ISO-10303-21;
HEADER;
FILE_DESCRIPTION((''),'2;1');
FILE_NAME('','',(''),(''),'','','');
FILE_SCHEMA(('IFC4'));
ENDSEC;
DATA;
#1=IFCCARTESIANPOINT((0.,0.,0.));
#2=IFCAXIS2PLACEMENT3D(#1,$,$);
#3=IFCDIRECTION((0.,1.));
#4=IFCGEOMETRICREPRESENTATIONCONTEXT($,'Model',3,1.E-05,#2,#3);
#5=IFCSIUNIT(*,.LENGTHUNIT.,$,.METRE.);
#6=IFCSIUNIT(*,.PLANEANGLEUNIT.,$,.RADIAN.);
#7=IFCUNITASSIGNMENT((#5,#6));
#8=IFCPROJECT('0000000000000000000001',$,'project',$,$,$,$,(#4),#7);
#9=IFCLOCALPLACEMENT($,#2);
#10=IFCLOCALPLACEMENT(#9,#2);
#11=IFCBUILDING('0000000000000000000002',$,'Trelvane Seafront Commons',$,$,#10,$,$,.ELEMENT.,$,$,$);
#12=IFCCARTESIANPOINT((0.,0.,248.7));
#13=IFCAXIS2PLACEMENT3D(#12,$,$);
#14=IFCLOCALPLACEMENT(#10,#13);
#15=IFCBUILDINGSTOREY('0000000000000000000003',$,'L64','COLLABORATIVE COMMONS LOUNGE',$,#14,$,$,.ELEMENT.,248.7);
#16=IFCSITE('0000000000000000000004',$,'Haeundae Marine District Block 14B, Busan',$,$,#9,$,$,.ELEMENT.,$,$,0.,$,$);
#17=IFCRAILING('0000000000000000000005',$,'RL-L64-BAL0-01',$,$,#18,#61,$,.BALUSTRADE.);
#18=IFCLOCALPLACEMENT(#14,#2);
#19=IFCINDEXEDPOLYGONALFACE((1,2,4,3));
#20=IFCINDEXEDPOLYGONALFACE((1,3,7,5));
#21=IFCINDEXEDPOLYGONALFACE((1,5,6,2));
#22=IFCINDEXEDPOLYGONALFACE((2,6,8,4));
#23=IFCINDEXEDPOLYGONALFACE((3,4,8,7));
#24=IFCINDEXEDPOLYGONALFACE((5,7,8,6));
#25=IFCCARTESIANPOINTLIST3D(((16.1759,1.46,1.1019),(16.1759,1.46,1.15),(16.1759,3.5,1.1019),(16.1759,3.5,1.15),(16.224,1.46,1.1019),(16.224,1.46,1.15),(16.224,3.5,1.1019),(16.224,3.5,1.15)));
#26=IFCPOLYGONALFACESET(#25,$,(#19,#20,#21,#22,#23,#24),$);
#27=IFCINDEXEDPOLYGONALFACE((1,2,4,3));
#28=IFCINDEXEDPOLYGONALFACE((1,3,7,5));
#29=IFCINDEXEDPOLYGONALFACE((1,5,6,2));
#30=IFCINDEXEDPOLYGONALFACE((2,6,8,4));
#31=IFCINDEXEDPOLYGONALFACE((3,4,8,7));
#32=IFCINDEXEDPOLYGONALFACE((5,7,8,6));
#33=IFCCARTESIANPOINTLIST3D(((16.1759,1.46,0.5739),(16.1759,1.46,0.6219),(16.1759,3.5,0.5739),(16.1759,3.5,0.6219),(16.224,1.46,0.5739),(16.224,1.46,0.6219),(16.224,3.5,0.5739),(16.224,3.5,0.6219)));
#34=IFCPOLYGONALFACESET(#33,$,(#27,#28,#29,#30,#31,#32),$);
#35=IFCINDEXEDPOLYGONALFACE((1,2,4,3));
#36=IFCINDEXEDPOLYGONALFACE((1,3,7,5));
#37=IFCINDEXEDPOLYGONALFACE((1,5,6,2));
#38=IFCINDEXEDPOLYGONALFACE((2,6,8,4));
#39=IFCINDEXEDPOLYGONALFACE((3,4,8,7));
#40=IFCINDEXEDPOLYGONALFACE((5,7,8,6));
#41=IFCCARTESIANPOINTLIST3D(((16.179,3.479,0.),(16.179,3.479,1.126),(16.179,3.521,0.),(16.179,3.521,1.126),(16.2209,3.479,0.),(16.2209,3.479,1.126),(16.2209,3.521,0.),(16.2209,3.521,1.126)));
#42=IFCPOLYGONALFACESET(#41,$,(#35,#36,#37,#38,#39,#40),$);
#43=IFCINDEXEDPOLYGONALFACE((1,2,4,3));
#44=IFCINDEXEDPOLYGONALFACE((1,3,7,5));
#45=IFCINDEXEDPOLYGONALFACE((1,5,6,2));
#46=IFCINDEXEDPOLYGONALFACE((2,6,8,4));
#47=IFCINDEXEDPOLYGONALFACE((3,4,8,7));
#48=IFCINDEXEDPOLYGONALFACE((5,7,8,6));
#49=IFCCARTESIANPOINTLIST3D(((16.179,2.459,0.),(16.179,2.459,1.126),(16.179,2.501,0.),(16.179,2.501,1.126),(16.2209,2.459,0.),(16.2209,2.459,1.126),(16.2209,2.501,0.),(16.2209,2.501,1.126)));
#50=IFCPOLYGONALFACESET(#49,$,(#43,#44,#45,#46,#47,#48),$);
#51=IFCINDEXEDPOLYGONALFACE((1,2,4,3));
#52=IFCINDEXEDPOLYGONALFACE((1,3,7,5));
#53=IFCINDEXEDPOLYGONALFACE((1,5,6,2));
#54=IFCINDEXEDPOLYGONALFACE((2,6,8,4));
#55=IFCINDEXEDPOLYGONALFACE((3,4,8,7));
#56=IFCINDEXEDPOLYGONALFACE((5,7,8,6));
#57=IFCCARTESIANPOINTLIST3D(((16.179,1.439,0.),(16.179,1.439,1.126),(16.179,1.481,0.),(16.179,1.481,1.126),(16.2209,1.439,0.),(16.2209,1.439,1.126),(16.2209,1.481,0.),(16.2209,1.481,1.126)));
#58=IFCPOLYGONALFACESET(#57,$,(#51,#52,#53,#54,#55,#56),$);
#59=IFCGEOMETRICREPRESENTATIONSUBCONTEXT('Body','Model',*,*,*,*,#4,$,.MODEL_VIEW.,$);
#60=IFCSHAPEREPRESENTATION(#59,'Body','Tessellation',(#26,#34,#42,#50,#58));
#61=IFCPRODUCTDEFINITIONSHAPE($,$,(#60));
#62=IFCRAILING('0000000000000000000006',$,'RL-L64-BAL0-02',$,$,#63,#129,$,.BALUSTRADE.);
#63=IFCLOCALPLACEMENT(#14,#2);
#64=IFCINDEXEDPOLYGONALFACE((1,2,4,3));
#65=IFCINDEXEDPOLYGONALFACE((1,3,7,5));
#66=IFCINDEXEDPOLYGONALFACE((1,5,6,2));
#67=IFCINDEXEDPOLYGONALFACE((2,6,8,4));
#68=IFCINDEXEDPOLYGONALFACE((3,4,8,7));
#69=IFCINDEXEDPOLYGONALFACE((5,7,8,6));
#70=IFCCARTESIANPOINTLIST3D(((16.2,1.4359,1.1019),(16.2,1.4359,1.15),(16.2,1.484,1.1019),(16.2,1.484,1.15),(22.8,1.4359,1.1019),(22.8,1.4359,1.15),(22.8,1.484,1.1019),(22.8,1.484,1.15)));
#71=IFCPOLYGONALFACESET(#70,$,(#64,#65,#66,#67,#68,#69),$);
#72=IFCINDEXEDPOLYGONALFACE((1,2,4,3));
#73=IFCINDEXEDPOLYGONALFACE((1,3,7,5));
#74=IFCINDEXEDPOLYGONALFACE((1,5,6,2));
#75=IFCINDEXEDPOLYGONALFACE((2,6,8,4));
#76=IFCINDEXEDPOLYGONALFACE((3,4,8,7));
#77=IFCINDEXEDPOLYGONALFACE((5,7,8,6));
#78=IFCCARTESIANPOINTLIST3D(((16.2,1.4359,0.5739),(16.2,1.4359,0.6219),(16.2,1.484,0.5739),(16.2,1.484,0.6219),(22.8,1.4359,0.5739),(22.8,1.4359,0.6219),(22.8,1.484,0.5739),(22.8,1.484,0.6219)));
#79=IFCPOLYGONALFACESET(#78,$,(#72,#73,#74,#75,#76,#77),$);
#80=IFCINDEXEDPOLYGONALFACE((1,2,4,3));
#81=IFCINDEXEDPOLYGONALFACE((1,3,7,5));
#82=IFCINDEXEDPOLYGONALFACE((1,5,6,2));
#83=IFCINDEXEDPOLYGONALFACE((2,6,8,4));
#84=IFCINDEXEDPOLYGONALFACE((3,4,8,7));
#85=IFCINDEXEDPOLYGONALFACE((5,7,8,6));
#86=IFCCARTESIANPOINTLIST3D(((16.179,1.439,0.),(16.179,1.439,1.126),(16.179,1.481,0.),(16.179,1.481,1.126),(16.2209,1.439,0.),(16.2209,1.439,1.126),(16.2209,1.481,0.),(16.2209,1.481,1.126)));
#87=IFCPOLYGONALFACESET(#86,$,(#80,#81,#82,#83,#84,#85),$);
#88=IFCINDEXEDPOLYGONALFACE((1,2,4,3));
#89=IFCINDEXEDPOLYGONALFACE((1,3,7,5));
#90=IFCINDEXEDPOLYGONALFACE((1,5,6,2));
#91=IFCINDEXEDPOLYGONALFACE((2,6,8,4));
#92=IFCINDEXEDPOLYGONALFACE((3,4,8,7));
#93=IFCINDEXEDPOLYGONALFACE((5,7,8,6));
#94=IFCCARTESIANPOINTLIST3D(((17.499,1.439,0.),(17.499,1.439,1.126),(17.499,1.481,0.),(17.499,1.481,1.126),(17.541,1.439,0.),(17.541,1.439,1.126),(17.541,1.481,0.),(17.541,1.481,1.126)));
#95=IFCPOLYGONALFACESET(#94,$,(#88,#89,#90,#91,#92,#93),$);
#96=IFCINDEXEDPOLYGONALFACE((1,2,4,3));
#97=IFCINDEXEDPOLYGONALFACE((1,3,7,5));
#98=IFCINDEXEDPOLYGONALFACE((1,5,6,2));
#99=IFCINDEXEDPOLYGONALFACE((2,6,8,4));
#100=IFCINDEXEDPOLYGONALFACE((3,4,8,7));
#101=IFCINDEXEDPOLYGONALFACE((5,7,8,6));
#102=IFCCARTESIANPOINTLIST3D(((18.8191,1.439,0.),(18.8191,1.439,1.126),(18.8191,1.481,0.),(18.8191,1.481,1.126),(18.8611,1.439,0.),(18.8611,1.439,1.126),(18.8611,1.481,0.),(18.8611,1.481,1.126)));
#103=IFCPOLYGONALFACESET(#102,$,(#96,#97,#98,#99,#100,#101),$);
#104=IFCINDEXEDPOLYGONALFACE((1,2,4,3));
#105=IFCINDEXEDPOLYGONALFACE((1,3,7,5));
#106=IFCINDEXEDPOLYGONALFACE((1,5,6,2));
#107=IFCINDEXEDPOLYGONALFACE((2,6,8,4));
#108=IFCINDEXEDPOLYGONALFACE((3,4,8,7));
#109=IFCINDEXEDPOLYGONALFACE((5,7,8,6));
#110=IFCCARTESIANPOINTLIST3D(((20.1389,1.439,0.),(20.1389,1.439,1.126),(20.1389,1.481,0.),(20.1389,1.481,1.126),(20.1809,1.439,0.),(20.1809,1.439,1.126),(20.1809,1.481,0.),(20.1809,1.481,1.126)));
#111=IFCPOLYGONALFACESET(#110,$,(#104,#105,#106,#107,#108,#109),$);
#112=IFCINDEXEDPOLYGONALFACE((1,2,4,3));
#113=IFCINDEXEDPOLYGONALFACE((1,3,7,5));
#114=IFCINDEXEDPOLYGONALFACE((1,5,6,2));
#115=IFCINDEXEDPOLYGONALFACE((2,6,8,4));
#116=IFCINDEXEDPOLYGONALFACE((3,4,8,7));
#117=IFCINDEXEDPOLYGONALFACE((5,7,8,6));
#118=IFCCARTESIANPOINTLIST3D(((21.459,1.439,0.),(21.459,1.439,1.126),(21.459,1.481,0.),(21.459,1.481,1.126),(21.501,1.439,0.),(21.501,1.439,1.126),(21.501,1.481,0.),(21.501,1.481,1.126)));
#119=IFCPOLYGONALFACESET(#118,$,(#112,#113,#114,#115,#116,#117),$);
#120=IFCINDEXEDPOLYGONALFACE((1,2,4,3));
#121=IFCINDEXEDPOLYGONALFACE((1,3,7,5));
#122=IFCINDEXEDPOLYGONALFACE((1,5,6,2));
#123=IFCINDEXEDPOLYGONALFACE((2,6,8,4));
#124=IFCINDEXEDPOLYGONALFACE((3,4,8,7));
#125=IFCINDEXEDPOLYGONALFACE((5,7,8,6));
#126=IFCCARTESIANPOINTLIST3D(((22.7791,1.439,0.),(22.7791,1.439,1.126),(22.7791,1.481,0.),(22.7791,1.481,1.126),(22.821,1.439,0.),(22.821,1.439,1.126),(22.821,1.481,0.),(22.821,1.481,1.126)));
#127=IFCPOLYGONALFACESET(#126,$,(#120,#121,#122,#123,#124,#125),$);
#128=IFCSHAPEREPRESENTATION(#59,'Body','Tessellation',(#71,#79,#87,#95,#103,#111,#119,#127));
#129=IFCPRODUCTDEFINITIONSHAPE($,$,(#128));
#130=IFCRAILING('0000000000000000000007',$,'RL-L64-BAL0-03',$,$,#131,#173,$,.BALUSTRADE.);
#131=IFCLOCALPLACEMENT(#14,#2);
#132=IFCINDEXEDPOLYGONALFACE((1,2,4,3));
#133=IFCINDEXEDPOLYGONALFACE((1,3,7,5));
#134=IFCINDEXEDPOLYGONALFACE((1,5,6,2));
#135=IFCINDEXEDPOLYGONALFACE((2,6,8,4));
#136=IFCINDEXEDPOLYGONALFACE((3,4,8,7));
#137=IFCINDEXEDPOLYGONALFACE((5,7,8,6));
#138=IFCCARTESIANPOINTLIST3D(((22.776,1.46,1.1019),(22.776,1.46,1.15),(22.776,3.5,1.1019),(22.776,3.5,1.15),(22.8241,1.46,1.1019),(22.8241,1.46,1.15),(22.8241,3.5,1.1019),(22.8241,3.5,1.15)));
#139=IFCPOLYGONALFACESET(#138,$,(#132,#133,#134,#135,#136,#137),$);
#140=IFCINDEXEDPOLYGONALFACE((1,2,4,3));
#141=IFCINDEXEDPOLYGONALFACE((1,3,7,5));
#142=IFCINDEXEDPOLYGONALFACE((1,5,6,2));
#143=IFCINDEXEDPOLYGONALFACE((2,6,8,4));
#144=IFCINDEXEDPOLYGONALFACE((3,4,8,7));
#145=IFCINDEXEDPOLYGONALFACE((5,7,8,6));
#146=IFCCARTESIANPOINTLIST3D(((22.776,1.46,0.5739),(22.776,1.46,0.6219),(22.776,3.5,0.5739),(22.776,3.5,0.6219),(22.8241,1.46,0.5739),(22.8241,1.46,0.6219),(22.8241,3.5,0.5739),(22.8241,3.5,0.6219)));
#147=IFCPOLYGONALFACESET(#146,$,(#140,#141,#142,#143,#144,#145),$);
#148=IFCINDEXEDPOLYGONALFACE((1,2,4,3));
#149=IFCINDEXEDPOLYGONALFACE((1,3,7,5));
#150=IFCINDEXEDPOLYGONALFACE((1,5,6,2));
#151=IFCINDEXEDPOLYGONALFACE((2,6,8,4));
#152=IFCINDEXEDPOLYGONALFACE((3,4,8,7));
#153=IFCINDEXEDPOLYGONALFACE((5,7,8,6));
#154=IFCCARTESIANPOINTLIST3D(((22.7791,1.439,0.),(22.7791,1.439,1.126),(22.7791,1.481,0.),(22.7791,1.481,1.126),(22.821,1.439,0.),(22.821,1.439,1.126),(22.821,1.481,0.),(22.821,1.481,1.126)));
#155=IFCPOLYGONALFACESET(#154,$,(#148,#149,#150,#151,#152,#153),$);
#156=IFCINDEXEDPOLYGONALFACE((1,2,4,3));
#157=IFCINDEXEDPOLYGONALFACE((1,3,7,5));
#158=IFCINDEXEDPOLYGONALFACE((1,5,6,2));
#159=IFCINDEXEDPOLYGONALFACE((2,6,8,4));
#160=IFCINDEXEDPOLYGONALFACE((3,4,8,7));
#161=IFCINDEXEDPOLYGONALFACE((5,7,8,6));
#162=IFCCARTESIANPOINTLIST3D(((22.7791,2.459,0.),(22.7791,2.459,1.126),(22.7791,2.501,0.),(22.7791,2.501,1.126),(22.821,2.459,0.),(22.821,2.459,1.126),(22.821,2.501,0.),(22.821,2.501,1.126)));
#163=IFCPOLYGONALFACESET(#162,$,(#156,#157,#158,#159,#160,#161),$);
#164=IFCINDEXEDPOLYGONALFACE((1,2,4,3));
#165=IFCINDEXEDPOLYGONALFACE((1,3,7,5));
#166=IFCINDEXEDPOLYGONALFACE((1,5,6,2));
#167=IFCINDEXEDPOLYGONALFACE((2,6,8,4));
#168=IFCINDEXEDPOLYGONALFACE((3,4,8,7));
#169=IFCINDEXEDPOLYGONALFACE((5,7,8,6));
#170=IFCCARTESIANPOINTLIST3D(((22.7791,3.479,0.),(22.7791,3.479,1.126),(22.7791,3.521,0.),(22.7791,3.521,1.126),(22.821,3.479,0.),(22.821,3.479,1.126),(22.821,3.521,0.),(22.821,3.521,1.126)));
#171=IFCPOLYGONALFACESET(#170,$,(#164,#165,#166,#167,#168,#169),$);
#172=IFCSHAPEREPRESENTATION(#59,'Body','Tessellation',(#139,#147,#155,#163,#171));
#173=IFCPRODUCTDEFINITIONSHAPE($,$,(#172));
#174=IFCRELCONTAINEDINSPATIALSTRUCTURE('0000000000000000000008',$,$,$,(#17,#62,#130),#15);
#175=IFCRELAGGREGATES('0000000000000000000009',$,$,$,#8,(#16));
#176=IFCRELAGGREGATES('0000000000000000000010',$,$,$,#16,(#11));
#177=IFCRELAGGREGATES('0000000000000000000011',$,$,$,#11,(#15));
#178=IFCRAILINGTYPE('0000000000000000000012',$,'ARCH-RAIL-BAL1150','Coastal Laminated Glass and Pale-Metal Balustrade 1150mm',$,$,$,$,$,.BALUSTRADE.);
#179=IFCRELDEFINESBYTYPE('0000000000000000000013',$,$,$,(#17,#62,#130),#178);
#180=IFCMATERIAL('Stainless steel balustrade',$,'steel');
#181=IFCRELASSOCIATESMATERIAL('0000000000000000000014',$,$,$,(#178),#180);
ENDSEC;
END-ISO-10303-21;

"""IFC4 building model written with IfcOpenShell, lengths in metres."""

from ifc_helpers import new_model, si_unit, direction, frame, origin, origin_2d, place, context, subcontext, project, spatial, rectangle, extrude, material, type_object, element, save


model = new_model("IFC4")

# Units and contexts
model_context = context("Model", 3, precision=1e-05, world=origin(), true_north=direction((0.0, 1.0)))
body_context = subcontext(model_context, "Body", "Model", "MODEL_VIEW")
ifc_project = project(units=[si_unit("LENGTHUNIT", "METRE"), si_unit("PLANEANGLEUNIT", "RADIAN")], contexts=[model_context])

# Site, building, storey
site_placement = place(None, origin())
site = spatial("IfcSite", under=ifc_project, at=site_placement, Name="Haeundae Marine District Block 14B, Busan", CompositionType="ELEMENT", RefElevation=0.0)
building_placement = place(site_placement, origin())
building = spatial("IfcBuilding", under=site, at=building_placement, Name="Trelvane Seafront Commons", CompositionType="ELEMENT")
storey_placement = place(building_placement, frame((0.0, 0.0, 248.7)))
storey = spatial("IfcBuildingStorey", under=building, at=storey_placement, Name="L64", Description="COLLABORATIVE COMMONS LOUNGE", CompositionType="ELEMENT", Elevation=248.7)

# Railings
ifc_material_1 = material(Name="Stainless steel balustrade", Category="steel")
railing_type = type_object("IfcRailingType", Name="ARCH-RAIL-BAL1150", Description="Coastal Laminated Glass and Pale-Metal Balustrade 1150mm", PredefinedType="BALUSTRADE", material=ifc_material_1)
railing_1_placement = place(storey_placement, frame((16.2, 3.5, 0.0)))
element("IfcRailing", 1, at=railing_1_placement, inside=storey, type_object=railing_type, Name="RL-L64-BAL0-01", PredefinedType="BALUSTRADE", context=body_context, shape_type="SweptSolid", body=[
    extrude(rectangle(XDim=0.0481, YDim=0.0481, at=origin_2d()), frame((0.0, 0.0, 1.126), z_axis=(0.0, -1.0, 0.0), x_axis=(1.0, 0.0, 0.0)), (0.0, 0.0, 1.0), 2.04),
    extrude(rectangle(XDim=0.0481, YDim=0.0481, at=origin_2d()), frame((0.0, 0.0, 0.5979), z_axis=(0.0, -1.0, 0.0), x_axis=(1.0, 0.0, 0.0)), (0.0, 0.0, 1.0), 2.04),
    extrude(rectangle(XDim=0.042, YDim=0.042, at=origin_2d()), origin(), (0.0, 0.0, 1.0), 1.126),
    extrude(rectangle(XDim=0.042, YDim=0.042, at=origin_2d()), frame((0.0, -1.02, 0.0)), (0.0, 0.0, 1.0), 1.126),
    extrude(rectangle(XDim=0.042, YDim=0.042, at=origin_2d()), frame((0.0, -2.04, 0.0)), (0.0, 0.0, 1.0), 1.126),
])
railing_2_placement = place(storey_placement, frame((16.2, 1.46, 0.0)))
element("IfcRailing", 2, at=railing_2_placement, inside=storey, type_object=railing_type, Name="RL-L64-BAL0-02", PredefinedType="BALUSTRADE", context=body_context, shape_type="SweptSolid", body=[
    extrude(rectangle(XDim=0.0481, YDim=0.0481, at=origin_2d()), frame((0.0, 0.0, 1.126), z_axis=(1.0, 0.0, 0.0), x_axis=(0.0, 1.0, 0.0)), (0.0, 0.0, 1.0), 6.6001),
    extrude(rectangle(XDim=0.0481, YDim=0.0481, at=origin_2d()), frame((0.0, 0.0, 0.5979), z_axis=(1.0, 0.0, 0.0), x_axis=(0.0, 1.0, 0.0)), (0.0, 0.0, 1.0), 6.6001),
    extrude(rectangle(XDim=0.042, YDim=0.042, at=origin_2d()), origin(), (0.0, 0.0, 1.0), 1.126),
    extrude(rectangle(XDim=0.042, YDim=0.042, at=origin_2d()), frame((1.3201, 0.0, 0.0)), (0.0, 0.0, 1.0), 1.126),
    extrude(rectangle(XDim=0.042, YDim=0.042, at=origin_2d()), frame((2.6401, 0.0, 0.0)), (0.0, 0.0, 1.0), 1.126),
    extrude(rectangle(XDim=0.042, YDim=0.042, at=origin_2d()), frame((3.96, 0.0, 0.0)), (0.0, 0.0, 1.0), 1.126),
    extrude(rectangle(XDim=0.042, YDim=0.042, at=origin_2d()), frame((5.28, 0.0, 0.0)), (0.0, 0.0, 1.0), 1.126),
    extrude(rectangle(XDim=0.042, YDim=0.042, at=origin_2d()), frame((6.6001, 0.0, 0.0)), (0.0, 0.0, 1.0), 1.126),
])
railing_3_placement = place(storey_placement, frame((22.8, 1.46, 0.0)))
element("IfcRailing", 3, at=railing_3_placement, inside=storey, type_object=railing_type, Name="RL-L64-BAL0-03", PredefinedType="BALUSTRADE", context=body_context, shape_type="SweptSolid", body=[
    extrude(rectangle(XDim=0.0481, YDim=0.0481, at=origin_2d()), frame((0.0, 0.0, 1.126), z_axis=(0.0, 1.0, 0.0), x_axis=(-1.0, 0.0, 0.0)), (0.0, 0.0, 1.0), 2.04),
    extrude(rectangle(XDim=0.0481, YDim=0.0481, at=origin_2d()), frame((0.0, 0.0, 0.5979), z_axis=(0.0, 1.0, 0.0), x_axis=(-1.0, 0.0, 0.0)), (0.0, 0.0, 1.0), 2.04),
    extrude(rectangle(XDim=0.042, YDim=0.042, at=origin_2d()), origin(), (0.0, 0.0, 1.0), 1.126),
    extrude(rectangle(XDim=0.042, YDim=0.042, at=origin_2d()), frame((0.0, 1.02, 0.0)), (0.0, 0.0, 1.0), 1.126),
    extrude(rectangle(XDim=0.042, YDim=0.042, at=origin_2d()), frame((0.0, 2.04, 0.0)), (0.0, 0.0, 1.0), 1.126),
])

save(model, "model.ifc")
